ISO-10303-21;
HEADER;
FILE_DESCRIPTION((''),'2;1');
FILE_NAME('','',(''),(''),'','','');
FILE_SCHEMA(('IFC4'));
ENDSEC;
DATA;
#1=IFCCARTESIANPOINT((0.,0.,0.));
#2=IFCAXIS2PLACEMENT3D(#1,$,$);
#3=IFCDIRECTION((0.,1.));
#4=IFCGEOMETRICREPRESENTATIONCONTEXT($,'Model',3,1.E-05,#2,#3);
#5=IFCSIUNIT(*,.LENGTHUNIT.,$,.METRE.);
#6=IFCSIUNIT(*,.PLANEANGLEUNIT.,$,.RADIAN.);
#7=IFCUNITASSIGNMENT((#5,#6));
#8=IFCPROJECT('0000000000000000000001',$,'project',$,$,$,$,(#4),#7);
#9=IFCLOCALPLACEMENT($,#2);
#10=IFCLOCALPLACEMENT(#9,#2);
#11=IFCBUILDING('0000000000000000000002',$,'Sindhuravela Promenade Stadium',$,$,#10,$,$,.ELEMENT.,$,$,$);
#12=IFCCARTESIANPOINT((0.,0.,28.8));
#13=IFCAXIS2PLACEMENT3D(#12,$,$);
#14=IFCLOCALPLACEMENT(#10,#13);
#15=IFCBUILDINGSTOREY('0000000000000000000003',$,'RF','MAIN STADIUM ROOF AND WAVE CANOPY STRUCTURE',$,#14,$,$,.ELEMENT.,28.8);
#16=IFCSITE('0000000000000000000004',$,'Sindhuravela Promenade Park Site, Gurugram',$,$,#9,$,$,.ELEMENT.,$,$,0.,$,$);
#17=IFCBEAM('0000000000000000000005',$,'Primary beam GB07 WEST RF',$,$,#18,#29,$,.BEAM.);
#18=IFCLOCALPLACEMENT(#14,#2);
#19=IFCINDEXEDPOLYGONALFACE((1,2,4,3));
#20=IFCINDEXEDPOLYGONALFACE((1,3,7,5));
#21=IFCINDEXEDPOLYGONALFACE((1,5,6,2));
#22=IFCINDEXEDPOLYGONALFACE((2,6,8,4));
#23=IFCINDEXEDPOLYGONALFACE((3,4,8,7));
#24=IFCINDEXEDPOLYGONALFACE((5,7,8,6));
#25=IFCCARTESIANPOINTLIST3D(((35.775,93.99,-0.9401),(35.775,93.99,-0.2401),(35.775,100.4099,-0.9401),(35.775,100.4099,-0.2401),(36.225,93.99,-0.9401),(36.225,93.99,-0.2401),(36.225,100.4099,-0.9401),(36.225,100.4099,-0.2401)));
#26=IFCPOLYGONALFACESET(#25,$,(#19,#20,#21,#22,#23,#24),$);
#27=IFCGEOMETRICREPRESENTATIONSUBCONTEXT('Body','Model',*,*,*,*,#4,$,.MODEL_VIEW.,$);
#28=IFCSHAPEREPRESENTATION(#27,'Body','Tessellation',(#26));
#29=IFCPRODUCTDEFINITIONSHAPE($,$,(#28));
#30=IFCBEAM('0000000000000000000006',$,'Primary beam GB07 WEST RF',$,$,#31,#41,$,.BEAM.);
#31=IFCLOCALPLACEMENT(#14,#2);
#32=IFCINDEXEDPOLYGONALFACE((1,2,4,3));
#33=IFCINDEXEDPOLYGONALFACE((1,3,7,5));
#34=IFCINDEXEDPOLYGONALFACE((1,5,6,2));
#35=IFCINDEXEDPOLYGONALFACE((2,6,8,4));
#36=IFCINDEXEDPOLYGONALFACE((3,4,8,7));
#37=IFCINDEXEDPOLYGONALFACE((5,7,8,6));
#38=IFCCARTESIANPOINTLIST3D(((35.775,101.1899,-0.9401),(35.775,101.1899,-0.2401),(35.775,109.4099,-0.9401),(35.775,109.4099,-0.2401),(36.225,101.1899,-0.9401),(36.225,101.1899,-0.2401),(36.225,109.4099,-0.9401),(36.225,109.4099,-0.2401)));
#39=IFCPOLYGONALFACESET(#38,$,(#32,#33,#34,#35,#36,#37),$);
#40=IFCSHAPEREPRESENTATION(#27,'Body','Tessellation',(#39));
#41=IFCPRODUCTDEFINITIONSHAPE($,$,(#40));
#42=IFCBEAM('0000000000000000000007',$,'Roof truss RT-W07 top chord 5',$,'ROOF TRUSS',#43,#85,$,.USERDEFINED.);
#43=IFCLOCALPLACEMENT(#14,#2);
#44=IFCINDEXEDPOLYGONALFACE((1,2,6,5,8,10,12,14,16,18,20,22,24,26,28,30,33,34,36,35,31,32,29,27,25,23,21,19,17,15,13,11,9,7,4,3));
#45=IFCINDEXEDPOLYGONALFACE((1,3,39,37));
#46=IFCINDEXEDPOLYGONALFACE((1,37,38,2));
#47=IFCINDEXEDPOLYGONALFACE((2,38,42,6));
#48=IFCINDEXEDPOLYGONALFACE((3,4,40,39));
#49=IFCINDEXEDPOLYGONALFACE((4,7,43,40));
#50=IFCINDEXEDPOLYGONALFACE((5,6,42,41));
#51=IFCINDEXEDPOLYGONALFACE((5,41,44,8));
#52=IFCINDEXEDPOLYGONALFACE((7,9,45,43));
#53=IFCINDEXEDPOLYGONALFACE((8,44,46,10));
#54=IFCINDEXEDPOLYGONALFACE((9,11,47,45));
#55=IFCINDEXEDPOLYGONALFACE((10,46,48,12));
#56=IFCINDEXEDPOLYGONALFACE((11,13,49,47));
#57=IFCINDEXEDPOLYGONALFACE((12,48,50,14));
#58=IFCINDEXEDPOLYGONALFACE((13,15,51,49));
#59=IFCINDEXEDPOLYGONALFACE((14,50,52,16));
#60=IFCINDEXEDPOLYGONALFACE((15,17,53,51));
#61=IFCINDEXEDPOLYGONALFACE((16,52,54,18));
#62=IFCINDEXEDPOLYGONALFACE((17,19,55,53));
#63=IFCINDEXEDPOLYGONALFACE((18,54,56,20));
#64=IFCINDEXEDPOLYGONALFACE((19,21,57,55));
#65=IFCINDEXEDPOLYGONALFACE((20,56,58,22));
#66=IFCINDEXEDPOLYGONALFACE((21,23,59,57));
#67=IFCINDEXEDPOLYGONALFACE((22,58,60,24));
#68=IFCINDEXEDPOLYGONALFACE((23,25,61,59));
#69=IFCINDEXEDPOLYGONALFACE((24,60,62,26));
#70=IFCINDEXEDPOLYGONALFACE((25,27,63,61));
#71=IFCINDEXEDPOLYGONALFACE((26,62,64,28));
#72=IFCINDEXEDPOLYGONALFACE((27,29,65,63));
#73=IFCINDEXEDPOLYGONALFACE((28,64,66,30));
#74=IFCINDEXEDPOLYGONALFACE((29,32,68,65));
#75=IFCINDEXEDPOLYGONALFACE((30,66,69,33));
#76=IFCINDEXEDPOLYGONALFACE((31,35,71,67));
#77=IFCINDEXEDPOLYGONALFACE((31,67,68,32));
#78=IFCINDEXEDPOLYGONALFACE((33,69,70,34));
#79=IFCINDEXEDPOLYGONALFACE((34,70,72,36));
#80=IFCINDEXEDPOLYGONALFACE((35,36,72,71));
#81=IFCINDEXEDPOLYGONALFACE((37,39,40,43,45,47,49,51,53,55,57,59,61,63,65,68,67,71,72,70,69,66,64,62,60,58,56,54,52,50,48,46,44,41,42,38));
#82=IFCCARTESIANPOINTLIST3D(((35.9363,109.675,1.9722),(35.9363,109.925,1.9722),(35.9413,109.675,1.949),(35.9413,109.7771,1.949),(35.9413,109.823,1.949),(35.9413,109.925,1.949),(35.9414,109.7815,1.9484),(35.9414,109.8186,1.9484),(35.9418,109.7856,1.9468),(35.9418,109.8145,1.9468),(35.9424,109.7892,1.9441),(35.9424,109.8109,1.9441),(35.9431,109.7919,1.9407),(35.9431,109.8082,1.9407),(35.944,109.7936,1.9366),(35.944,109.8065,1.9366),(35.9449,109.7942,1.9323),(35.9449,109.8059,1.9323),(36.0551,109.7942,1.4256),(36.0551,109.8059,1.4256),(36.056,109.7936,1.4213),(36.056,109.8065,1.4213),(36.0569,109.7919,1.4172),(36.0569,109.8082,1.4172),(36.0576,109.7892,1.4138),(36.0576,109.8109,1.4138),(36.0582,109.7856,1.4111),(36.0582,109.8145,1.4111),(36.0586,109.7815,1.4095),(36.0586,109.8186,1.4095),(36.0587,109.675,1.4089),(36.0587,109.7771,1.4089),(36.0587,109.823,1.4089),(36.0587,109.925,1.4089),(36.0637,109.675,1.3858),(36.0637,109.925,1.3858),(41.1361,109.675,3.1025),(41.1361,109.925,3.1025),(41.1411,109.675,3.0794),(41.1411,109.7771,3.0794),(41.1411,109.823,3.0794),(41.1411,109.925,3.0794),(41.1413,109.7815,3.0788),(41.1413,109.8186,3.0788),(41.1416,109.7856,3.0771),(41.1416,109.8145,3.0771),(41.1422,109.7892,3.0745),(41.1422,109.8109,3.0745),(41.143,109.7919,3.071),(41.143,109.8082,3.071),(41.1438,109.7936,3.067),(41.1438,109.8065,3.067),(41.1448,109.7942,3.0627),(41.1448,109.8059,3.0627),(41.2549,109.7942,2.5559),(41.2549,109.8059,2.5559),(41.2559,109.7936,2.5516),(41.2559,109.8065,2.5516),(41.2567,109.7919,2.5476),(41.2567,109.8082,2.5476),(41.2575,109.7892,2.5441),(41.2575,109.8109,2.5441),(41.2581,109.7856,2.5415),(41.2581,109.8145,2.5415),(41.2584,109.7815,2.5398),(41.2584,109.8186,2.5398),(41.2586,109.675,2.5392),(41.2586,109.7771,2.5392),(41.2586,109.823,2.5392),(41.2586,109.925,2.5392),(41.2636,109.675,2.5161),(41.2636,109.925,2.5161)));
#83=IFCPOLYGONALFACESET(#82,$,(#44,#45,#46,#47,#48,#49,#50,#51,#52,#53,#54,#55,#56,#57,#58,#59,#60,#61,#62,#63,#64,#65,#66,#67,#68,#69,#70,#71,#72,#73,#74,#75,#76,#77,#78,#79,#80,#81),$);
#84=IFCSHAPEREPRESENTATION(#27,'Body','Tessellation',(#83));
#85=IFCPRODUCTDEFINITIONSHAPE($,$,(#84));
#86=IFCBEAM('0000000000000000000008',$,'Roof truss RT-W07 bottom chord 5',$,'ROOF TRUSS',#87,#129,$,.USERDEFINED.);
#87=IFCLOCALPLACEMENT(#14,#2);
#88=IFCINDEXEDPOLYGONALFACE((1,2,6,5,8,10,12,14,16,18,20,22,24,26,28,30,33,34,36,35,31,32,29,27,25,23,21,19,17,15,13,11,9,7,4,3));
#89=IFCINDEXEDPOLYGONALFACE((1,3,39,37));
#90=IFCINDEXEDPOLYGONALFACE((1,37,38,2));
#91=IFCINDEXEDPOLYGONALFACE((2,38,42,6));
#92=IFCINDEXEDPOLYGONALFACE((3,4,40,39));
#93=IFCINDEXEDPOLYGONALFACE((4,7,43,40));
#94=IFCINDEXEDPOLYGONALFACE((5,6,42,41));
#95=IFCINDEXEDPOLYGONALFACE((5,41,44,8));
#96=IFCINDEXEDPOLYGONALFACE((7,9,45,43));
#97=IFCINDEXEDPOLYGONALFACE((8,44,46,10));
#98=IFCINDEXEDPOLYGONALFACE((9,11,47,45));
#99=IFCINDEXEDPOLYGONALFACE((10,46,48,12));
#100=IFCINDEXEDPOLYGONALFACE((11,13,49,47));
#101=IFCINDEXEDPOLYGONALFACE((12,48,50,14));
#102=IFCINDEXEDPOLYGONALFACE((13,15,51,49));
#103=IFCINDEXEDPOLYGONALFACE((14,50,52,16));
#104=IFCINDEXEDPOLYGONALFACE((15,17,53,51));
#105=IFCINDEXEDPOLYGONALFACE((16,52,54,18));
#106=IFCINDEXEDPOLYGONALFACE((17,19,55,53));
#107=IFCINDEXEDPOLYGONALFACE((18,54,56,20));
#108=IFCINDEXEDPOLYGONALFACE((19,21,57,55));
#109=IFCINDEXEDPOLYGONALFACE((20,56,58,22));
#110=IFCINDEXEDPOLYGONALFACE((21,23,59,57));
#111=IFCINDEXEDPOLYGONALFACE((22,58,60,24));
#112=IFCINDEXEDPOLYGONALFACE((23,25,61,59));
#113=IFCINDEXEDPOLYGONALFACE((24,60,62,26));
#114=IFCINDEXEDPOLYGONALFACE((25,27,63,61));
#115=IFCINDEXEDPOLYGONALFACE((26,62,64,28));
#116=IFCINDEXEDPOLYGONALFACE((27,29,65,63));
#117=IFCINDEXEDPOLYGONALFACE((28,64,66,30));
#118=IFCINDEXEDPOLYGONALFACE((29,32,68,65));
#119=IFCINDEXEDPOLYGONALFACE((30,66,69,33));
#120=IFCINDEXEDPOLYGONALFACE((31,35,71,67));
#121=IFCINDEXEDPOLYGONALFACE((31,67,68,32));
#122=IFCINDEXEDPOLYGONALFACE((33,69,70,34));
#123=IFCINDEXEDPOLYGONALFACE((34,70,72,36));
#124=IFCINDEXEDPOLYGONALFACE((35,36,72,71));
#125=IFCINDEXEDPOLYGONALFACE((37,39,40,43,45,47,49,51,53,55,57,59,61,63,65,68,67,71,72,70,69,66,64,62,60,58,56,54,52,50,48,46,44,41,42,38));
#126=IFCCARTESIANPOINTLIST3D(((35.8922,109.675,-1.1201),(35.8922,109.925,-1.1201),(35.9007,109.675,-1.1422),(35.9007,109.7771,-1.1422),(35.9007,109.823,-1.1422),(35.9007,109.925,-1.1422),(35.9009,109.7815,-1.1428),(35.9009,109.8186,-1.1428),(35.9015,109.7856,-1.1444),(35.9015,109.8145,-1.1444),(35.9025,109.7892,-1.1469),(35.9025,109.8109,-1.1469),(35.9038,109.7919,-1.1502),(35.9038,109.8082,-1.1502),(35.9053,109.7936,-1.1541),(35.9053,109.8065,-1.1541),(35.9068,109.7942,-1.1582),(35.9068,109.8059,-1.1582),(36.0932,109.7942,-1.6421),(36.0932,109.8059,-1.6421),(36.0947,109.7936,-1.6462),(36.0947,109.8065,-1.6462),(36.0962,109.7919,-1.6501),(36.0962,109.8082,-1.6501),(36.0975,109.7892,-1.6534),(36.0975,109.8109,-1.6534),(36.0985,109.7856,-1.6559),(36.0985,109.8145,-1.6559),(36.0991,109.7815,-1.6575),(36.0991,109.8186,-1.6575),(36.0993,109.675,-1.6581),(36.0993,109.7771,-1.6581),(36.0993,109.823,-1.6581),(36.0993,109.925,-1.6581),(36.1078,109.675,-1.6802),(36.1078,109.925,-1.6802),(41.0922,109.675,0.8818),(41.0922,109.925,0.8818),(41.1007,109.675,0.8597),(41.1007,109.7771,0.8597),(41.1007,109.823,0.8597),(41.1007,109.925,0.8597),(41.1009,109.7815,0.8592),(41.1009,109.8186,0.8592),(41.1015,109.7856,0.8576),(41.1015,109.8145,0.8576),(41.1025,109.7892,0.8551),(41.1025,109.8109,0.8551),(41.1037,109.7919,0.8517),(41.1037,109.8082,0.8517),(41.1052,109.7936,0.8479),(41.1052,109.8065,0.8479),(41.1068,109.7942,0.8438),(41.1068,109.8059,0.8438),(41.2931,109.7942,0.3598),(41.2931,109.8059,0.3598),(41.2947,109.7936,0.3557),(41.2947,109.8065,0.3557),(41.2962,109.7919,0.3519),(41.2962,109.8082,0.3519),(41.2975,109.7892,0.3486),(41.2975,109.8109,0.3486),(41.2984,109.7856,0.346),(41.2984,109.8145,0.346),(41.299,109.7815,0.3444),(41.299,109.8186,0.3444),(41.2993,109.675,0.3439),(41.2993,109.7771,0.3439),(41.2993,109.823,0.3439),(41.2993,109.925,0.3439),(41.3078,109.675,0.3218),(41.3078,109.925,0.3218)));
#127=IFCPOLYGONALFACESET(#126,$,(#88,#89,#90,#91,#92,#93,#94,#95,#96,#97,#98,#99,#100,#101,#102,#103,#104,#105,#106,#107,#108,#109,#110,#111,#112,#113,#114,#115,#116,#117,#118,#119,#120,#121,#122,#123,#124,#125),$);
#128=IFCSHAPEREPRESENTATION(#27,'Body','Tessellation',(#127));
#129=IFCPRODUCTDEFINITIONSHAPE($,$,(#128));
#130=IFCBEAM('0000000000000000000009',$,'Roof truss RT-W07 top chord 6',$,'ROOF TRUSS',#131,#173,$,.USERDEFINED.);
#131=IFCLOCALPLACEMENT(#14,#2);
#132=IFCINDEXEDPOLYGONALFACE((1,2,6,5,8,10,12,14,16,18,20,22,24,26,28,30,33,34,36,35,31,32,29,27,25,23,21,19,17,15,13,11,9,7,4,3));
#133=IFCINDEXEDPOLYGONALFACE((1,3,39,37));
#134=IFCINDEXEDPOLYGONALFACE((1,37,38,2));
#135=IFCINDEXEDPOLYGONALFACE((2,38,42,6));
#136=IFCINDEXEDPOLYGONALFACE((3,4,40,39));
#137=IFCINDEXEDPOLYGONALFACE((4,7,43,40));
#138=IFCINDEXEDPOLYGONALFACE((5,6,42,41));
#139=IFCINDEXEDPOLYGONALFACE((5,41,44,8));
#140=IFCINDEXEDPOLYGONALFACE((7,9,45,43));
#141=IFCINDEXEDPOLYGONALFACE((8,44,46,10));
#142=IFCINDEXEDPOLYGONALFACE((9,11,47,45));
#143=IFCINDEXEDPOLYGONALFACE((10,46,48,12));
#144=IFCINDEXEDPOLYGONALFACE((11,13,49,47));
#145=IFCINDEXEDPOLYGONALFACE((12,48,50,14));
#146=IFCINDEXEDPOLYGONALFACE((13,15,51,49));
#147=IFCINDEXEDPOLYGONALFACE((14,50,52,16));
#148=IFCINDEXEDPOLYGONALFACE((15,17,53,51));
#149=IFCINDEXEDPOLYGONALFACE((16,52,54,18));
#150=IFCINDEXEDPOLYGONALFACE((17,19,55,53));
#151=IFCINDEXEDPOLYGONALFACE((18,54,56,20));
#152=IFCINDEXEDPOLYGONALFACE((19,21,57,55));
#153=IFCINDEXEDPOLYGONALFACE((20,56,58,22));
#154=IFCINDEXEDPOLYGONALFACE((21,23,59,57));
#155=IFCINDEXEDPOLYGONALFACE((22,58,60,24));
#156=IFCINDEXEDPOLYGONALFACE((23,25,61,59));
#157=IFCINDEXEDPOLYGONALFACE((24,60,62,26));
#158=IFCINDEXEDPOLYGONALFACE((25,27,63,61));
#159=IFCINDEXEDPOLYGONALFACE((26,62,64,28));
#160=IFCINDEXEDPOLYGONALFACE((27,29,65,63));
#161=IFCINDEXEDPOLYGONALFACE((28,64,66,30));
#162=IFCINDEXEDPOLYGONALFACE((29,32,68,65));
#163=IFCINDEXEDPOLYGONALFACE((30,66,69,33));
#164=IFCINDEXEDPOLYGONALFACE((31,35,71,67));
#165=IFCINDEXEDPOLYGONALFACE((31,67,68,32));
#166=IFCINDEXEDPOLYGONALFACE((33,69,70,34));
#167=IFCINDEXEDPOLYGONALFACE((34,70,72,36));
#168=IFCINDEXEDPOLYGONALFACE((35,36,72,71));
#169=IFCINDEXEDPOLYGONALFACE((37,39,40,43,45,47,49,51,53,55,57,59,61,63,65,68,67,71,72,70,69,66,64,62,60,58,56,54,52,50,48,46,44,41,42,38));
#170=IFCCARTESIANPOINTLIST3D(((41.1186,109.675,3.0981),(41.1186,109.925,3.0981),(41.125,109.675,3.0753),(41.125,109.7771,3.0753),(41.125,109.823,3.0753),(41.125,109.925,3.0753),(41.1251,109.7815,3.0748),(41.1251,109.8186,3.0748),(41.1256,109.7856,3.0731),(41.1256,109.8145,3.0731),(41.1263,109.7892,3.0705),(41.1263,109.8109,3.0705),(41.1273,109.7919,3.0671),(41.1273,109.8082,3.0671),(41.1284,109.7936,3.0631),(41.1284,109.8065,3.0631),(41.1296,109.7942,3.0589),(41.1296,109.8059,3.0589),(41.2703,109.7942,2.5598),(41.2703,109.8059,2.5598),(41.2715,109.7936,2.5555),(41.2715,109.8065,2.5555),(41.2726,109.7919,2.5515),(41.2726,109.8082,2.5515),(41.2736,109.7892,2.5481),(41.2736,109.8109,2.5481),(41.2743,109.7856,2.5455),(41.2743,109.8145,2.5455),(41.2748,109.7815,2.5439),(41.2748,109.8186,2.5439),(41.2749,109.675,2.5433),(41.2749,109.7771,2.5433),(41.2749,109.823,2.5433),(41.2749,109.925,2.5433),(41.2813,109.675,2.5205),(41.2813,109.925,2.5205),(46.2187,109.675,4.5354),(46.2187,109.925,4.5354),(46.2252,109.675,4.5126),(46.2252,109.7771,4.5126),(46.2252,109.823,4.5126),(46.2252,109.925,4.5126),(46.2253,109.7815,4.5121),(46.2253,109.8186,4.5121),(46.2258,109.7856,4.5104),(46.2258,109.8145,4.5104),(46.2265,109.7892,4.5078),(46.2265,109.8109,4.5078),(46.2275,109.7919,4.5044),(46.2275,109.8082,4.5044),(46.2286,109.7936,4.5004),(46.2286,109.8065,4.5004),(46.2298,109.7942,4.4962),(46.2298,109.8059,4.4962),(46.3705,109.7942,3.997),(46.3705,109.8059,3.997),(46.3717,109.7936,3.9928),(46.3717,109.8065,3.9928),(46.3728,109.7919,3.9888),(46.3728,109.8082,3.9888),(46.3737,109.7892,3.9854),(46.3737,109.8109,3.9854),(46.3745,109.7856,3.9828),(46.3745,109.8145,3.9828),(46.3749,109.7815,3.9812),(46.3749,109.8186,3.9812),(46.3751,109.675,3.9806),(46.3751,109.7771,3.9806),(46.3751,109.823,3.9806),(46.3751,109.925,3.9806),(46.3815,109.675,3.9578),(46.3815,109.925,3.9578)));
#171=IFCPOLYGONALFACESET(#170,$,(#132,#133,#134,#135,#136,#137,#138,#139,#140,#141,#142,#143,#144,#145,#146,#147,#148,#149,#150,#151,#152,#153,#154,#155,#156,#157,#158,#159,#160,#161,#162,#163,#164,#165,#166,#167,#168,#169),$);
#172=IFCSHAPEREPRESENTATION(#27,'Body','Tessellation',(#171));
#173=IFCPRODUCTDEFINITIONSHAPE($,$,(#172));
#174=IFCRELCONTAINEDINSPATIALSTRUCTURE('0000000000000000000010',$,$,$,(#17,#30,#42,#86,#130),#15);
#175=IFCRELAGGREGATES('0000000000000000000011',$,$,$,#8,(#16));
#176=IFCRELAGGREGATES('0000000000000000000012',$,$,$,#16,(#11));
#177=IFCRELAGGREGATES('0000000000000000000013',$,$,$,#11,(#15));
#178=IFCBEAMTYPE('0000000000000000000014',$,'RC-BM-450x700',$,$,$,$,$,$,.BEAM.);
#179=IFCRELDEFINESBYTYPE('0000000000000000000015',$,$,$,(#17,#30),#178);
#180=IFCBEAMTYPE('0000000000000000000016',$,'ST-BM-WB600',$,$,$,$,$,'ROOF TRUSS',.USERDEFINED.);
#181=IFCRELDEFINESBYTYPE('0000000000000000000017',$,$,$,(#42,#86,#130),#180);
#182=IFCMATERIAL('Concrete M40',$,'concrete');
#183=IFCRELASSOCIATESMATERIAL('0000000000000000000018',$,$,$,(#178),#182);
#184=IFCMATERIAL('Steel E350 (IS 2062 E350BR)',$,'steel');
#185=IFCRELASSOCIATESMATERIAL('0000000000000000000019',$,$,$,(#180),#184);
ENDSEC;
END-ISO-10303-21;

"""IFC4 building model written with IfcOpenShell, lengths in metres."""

from ifc_helpers import new_model, si_unit, direction, frame, origin, origin_2d, place, context, subcontext, project, spatial, rectangle, i_section, extrude, material, material_profile, profile_set, type_object, element, save


model = new_model("IFC4")

# Units and contexts
model_context = context("Model", 3, precision=1e-05, world=origin(), true_north=direction((0.0, 1.0)))
body_context = subcontext(model_context, "Body", "Model", "MODEL_VIEW")
ifc_project = project(units=[si_unit("LENGTHUNIT", "METRE"), si_unit("PLANEANGLEUNIT", "RADIAN")], contexts=[model_context])

# Site, building, storey
site_placement = place(None, origin())
site = spatial("IfcSite", under=ifc_project, at=site_placement, Name="Sindhuravela Promenade Park Site, Gurugram", CompositionType="ELEMENT", RefElevation=0.0)
building_placement = place(site_placement, origin())
building = spatial("IfcBuilding", under=site, at=building_placement, Name="Sindhuravela Promenade Stadium", CompositionType="ELEMENT")
storey_placement = place(building_placement, frame((0.0, 0.0, 28.8)))
storey = spatial("IfcBuildingStorey", under=building, at=storey_placement, Name="RF", Description="MAIN STADIUM ROOF AND WAVE CANOPY STRUCTURE", CompositionType="ELEMENT", Elevation=28.8)

# Beams
ifc_material_1 = material(Name="Concrete M40", Category="concrete")
ifc_material_profile_1 = material_profile(ifc_material_1, rectangle(XDim=0.45, YDim=0.7, at=origin_2d()), Name="RC 450x700")
ifc_profile_set_1 = profile_set([ifc_material_profile_1], Name="Concrete M40")
beam_type_1 = type_object("IfcBeamType", Name="RC-BM-450x700", PredefinedType="BEAM", material=ifc_profile_set_1)
beam_1_placement = place(storey_placement, frame((36.0, 93.99, -0.5901), z_axis=(0.0, 1.0, 0.0), x_axis=(-1.0, 0.0, 0.0)))
element("IfcBeam", 1, at=beam_1_placement, inside=storey, type_object=beam_type_1, Name="Primary beam GB07 WEST RF", PredefinedType="BEAM", context=body_context, shape_type="SweptSolid", body=[
    extrude(rectangle(XDim=0.45, YDim=0.7, at=origin_2d()), origin(), (0.0, 0.0, 1.0), 6.4199),
])
beam_2_placement = place(storey_placement, frame((36.0, 101.1899, -0.5901), z_axis=(0.0, 1.0, 0.0), x_axis=(-1.0, 0.0, 0.0)))
element("IfcBeam", 2, at=beam_2_placement, inside=storey, type_object=beam_type_1, Name="Primary beam GB07 WEST RF", PredefinedType="BEAM", context=body_context, shape_type="SweptSolid", body=[
    extrude(rectangle(XDim=0.45, YDim=0.7, at=origin_2d()), origin(), (0.0, 0.0, 1.0), 8.22),
])
ifc_material_2 = material(Name="Steel E350 (IS 2062 E350BR)", Category="steel")
ifc_material_profile_2 = material_profile(ifc_material_2, i_section(OverallWidth=0.25, OverallDepth=0.6001, WebThickness=0.0117, FlangeThickness=0.0237, FilletRadius=0.0171, at=origin_2d()), Name="ISWB 600")
ifc_profile_set_2 = profile_set([ifc_material_profile_2], Name="Steel E350 (IS 2062 E350BR)")
beam_type_2 = type_object("IfcBeamType", Name="ST-BM-WB600", ElementType="ROOF TRUSS", PredefinedType="USERDEFINED", material=ifc_profile_set_2)
beam_3_placement = place(storey_placement, frame((36.0, 109.8, 1.679), z_axis=(0.977178, 0.0, 0.21242), x_axis=(0.0, 1.0, 0.0)))
element("IfcBeam", 3, at=beam_3_placement, inside=storey, type_object=beam_type_2, Name="Roof truss RT-W07 top chord 5", ObjectType="ROOF TRUSS", PredefinedType="USERDEFINED", context=body_context, shape_type="SweptSolid", body=[
    extrude(i_section(OverallWidth=0.25, OverallDepth=0.6001, WebThickness=0.0117, FlangeThickness=0.0237, FilletRadius=0.0171, at=origin_2d()), origin(), (0.0, 0.0, 1.0), 5.3213),
])
beam_4_placement = place(storey_placement, frame((36.0, 109.8, -1.4001), z_axis=(0.933227, 0.0, 0.359287), x_axis=(0.0, 1.0, 0.0)))
element("IfcBeam", 4, at=beam_4_placement, inside=storey, type_object=beam_type_2, Name="Roof truss RT-W07 bottom chord 5", ObjectType="ROOF TRUSS", PredefinedType="USERDEFINED", context=body_context, shape_type="SweptSolid", body=[
    extrude(i_section(OverallWidth=0.25, OverallDepth=0.6001, WebThickness=0.0117, FlangeThickness=0.0237, FilletRadius=0.0171, at=origin_2d()), origin(), (0.0, 0.0, 1.0), 5.572),
])
beam_5_placement = place(storey_placement, frame((41.2, 109.8, 2.8093), z_axis=(0.96251, 0.0, 0.271245), x_axis=(0.0, 1.0, 0.0)))
element("IfcBeam", 5, at=beam_5_placement, inside=storey, type_object=beam_type_2, Name="Roof truss RT-W07 top chord 6", ObjectType="ROOF TRUSS", PredefinedType="USERDEFINED", context=body_context, shape_type="SweptSolid", body=[
    extrude(i_section(OverallWidth=0.25, OverallDepth=0.6001, WebThickness=0.0117, FlangeThickness=0.0237, FilletRadius=0.0171, at=origin_2d()), origin(), (0.0, 0.0, 1.0), 5.2988),
])

save(model, "model.ifc")
